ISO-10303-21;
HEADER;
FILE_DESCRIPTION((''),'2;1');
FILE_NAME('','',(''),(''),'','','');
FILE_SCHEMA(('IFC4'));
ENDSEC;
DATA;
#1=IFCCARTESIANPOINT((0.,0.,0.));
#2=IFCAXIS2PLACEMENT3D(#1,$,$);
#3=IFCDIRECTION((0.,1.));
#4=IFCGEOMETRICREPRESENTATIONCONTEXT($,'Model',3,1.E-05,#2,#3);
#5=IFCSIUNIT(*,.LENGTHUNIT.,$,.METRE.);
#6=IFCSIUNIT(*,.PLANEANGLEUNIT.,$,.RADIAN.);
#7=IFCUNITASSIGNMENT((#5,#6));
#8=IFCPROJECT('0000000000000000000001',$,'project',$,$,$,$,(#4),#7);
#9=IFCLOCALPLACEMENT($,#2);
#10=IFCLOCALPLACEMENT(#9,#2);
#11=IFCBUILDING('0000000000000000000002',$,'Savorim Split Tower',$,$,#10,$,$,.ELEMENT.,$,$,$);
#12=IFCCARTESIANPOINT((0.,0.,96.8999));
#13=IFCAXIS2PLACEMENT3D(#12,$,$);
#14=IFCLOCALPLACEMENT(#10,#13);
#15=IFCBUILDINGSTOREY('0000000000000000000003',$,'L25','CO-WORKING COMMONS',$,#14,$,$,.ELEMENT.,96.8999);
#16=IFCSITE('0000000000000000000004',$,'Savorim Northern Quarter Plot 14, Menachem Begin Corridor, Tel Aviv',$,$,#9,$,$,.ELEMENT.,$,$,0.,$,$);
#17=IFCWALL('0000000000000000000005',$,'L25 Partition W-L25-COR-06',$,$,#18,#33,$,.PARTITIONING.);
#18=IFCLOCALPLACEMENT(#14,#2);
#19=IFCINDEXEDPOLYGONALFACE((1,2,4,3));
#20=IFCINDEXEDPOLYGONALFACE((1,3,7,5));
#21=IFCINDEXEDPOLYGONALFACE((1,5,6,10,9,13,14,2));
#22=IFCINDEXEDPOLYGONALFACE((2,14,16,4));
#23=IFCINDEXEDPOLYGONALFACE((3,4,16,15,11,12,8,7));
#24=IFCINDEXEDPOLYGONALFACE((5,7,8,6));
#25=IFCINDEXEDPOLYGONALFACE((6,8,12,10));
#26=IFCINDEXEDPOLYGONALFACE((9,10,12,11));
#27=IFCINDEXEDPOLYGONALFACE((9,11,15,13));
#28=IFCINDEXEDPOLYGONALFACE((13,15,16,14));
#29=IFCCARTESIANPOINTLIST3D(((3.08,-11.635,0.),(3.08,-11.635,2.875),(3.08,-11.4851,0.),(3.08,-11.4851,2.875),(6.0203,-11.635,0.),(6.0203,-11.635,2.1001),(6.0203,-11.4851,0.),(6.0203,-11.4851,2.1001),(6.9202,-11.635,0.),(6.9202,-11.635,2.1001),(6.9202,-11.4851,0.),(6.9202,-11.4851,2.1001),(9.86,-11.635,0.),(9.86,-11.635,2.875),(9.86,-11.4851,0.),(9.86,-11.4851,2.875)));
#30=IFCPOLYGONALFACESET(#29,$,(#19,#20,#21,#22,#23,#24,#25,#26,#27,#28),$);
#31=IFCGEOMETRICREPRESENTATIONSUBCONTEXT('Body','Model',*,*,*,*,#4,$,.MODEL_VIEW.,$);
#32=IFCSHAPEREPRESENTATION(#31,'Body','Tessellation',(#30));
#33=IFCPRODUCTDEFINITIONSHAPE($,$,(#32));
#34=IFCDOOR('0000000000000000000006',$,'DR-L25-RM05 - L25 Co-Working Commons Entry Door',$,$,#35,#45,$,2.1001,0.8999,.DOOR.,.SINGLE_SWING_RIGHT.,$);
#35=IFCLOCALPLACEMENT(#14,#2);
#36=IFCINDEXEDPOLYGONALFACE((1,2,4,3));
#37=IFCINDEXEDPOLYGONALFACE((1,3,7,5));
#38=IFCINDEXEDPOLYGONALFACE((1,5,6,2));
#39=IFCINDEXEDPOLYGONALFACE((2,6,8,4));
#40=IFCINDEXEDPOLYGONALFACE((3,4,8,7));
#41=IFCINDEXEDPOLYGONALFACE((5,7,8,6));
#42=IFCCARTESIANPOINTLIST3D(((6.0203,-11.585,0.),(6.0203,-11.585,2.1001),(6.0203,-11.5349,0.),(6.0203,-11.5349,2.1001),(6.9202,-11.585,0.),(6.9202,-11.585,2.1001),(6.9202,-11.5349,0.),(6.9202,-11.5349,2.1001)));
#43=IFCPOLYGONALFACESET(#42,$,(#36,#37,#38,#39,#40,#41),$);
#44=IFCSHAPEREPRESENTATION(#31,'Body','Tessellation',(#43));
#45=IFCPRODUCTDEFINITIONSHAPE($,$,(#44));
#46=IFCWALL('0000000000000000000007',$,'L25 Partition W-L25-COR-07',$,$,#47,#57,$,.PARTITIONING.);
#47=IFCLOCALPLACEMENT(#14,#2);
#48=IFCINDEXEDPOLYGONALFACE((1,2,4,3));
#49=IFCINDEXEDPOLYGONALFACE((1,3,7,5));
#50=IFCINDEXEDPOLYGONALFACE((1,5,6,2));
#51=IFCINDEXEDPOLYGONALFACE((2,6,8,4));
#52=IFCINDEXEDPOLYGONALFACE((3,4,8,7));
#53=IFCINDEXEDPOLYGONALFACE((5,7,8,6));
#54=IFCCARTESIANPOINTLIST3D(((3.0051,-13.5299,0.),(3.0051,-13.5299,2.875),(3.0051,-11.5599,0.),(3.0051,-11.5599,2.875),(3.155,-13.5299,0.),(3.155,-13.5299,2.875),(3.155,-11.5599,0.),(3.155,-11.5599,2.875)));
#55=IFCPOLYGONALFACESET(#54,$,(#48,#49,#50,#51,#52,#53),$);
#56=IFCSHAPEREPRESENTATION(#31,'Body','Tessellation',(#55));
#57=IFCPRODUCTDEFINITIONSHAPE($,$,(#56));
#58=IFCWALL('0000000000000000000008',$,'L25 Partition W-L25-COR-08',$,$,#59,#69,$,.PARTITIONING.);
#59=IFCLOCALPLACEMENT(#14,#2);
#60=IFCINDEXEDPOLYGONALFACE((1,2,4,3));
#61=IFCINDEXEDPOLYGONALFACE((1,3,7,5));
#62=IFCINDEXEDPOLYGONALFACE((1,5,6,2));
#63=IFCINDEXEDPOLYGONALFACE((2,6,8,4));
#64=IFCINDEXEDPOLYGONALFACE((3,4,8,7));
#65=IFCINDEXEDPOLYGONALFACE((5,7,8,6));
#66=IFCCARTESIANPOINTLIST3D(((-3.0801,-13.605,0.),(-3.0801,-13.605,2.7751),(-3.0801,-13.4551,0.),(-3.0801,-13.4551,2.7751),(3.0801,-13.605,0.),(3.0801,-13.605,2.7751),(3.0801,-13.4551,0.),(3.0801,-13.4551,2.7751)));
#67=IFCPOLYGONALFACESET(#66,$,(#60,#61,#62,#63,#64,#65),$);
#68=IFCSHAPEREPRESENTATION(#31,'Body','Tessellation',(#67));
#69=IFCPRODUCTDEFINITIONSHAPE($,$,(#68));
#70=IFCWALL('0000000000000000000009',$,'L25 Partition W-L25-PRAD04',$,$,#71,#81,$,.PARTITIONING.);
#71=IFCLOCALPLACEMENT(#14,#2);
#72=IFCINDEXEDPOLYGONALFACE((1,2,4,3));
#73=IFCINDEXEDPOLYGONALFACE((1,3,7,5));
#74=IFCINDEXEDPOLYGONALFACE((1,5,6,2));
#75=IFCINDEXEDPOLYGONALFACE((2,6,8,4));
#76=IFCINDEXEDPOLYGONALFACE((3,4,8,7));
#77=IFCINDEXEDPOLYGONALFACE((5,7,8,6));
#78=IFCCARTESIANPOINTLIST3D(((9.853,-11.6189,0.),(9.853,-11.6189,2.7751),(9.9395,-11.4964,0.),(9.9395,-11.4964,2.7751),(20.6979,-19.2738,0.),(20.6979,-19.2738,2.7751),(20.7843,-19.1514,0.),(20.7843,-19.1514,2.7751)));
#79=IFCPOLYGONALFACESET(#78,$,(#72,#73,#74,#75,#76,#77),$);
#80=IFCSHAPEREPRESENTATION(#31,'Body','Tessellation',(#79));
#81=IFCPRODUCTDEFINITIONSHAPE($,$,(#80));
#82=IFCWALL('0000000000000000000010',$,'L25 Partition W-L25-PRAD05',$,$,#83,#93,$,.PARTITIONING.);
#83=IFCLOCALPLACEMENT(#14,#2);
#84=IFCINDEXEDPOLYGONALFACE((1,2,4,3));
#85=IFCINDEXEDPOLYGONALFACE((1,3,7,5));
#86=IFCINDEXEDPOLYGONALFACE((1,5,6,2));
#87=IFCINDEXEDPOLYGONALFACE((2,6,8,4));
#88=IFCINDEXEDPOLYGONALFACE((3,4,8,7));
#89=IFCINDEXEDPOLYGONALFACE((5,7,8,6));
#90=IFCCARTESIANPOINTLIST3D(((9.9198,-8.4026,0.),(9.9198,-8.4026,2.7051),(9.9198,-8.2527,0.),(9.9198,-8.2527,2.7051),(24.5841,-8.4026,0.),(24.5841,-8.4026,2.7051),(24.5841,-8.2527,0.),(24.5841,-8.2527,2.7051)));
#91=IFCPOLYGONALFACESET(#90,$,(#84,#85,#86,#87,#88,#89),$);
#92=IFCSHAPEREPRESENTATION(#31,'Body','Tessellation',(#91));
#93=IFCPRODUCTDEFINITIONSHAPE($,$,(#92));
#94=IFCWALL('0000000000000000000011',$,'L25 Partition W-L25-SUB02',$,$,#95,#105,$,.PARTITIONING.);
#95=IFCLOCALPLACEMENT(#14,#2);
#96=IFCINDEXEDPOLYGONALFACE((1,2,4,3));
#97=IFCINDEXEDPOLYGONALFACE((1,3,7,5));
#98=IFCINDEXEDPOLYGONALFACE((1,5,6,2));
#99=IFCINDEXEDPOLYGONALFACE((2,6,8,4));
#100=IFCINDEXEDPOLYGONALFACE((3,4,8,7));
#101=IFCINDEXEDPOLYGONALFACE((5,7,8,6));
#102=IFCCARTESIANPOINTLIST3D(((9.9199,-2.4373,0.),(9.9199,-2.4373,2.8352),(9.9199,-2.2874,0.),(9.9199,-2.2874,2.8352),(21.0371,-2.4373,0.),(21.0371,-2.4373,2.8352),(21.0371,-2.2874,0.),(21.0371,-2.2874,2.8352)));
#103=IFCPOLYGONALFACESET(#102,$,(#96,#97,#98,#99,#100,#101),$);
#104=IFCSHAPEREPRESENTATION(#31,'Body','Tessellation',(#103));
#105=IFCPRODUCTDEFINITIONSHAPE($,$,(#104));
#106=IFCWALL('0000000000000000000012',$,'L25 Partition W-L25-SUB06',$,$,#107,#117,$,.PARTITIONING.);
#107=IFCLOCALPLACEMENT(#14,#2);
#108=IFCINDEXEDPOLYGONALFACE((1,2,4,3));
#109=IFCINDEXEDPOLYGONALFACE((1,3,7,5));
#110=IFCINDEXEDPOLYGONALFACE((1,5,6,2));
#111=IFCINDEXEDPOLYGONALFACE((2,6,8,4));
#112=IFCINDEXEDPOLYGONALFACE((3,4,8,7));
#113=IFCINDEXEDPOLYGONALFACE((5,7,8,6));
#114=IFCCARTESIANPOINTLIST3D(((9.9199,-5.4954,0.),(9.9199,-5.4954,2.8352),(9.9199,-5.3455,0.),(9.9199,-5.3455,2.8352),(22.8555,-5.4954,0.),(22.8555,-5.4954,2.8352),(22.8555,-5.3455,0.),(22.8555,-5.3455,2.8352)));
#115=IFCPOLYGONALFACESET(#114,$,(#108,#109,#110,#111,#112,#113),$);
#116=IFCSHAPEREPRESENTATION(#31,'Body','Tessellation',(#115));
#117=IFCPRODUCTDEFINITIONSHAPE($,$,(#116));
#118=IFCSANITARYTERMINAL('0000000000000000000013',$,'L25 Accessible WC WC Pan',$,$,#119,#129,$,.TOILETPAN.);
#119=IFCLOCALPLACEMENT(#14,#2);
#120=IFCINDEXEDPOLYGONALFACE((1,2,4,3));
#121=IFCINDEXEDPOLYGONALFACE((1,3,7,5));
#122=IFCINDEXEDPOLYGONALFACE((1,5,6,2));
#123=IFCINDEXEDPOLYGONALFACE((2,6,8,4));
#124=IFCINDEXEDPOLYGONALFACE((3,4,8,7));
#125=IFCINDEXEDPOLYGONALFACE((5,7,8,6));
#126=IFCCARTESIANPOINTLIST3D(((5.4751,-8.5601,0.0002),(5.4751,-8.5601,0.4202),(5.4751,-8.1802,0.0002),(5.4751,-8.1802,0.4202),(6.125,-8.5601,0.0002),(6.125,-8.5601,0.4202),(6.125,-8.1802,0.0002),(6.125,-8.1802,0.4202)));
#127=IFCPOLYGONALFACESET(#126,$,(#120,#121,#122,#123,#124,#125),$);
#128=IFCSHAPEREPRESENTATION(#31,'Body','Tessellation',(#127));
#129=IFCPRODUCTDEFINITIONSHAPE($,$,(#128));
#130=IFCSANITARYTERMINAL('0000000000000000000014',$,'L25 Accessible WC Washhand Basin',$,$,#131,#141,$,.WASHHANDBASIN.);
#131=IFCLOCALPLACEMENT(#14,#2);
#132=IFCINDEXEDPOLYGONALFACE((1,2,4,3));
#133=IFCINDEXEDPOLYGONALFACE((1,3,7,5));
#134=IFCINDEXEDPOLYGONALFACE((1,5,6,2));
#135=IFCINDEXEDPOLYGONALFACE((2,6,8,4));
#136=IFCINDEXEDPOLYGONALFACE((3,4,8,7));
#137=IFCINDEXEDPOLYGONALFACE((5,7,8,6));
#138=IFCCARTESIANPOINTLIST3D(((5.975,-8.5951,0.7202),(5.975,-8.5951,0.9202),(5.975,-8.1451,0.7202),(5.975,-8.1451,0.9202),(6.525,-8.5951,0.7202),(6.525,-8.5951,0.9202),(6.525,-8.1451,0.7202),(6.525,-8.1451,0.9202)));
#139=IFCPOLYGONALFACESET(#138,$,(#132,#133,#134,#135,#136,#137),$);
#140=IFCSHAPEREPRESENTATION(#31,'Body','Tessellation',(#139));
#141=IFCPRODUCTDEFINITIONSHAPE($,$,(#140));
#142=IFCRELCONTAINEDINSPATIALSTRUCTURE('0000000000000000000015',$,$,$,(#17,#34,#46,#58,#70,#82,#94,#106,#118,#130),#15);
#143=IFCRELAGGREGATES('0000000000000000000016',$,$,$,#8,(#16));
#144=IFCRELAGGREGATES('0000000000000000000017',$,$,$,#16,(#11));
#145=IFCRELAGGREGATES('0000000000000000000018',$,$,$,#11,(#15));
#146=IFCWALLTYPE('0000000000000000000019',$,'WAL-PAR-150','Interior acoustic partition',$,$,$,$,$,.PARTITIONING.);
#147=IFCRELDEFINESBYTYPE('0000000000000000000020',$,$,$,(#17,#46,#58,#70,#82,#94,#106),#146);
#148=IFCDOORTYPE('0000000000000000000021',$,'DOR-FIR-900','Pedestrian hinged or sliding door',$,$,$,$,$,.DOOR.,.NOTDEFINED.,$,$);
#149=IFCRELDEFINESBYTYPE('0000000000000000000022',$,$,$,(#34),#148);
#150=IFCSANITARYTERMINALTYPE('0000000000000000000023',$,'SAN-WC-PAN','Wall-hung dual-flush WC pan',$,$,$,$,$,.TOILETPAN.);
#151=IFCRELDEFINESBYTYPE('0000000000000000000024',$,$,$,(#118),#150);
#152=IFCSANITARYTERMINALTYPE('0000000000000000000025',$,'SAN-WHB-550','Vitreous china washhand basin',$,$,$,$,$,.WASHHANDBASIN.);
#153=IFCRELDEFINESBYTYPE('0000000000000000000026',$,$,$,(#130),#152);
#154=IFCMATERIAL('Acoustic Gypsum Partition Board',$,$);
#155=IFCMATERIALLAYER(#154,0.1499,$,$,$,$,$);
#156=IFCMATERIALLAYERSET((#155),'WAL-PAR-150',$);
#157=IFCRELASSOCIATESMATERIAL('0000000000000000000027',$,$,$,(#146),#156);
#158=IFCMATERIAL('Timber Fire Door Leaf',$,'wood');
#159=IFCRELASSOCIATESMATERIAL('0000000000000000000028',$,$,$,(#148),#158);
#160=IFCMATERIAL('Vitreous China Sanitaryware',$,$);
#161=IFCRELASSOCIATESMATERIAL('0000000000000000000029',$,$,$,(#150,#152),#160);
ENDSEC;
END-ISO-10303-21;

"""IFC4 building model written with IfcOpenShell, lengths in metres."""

from ifc_helpers import new_model, si_unit, direction, frame, frame_2d, origin, origin_2d, place, context, subcontext, project, spatial, rectangle, extrude, material, layer, layer_set, type_object, element, fill, save


model = new_model("IFC4")

# Units and contexts
model_context = context("Model", 3, precision=1e-05, world=origin(), true_north=direction((0.0, 1.0)))
body_context = subcontext(model_context, "Body", "Model", "MODEL_VIEW")
ifc_project = project(units=[si_unit("LENGTHUNIT", "METRE"), si_unit("PLANEANGLEUNIT", "RADIAN")], contexts=[model_context])

# Site, building, storey
site_placement = place(None, origin())
site = spatial("IfcSite", under=ifc_project, at=site_placement, Name="Savorim Northern Quarter Plot 14, Menachem Begin Corridor, Tel Aviv", CompositionType="ELEMENT", RefElevation=0.0)
building_placement = place(site_placement, origin())
building = spatial("IfcBuilding", under=site, at=building_placement, Name="Savorim Split Tower", CompositionType="ELEMENT")
storey_placement = place(building_placement, frame((0.0, 0.0, 96.8999)))
storey = spatial("IfcBuildingStorey", under=building, at=storey_placement, Name="L25", Description="CO-WORKING COMMONS", CompositionType="ELEMENT", Elevation=96.8999)

# Shared definitions
ifc_material_1 = material(Name="Acoustic Gypsum Partition Board")
ifc_layer_1 = layer(ifc_material_1, 0.1499)
ifc_layer_set_1 = layer_set([ifc_layer_1], Name="WAL-PAR-150")
wall_type_1 = type_object("IfcWallType", Name="WAL-PAR-150", Description="Interior acoustic partition", PredefinedType="PARTITIONING", material=ifc_layer_set_1)

# Shared definitions
ifc_material_2 = material(Name="Timber Fire Door Leaf", Category="wood")
door_type_1 = type_object("IfcDoorType", Name="DOR-FIR-900", Description="Pedestrian hinged or sliding door", OperationType="NOTDEFINED", PredefinedType="DOOR", material=ifc_material_2)

# Wall, opening, door
wall_1_placement = place(storey_placement, frame((9.8601, -11.5601, 0.0), z_axis=(0.0, 0.0, 1.0), x_axis=(-1.0, 0.0, 0.0)))
wall_1 = element("IfcWall", 1, at=wall_1_placement, inside=storey, type_object=wall_type_1, Name="L25 Partition W-L25-COR-06", PredefinedType="PARTITIONING", context=body_context, shape_type="SweptSolid", body=[
    extrude(rectangle(XDim=6.78, YDim=0.1499, at=frame_2d((3.3901, 0.0))), origin(), (0.0, 0.0, 1.0), 2.875),
])
opening_1_placement = place(wall_1_placement, frame((2.9399, 0.0, 0.0)))
opening_1 = element("IfcOpeningElement", 2, at=opening_1_placement, cuts=wall_1, PredefinedType="OPENING", context=body_context, shape_type="SweptSolid", body=[
    extrude(rectangle(XDim=0.8999, YDim=2.1001, at=frame_2d((0.45, 1.05))), frame((0.0, 0.085, 0.0), z_axis=(0.0, -1.0, 0.0), x_axis=(1.0, 0.0, 0.0)), (0.0, 0.0, 1.0), 0.1699),
])
door_1_placement = place(opening_1_placement, origin())
door_1 = element("IfcDoor", 3, at=door_1_placement, inside=storey, type_object=door_type_1, Name="DR-L25-RM05 - L25 Co-Working Commons Entry Door", OperationType="SINGLE_SWING_RIGHT", OverallHeight=2.1001, OverallWidth=0.8999, PredefinedType="DOOR", context=body_context, shape_type="SweptSolid", body=[
    extrude(rectangle(XDim=0.8999, YDim=2.1001, at=frame_2d((0.45, 1.05))), frame((0.0, 0.0249, 0.0), z_axis=(0.0, -1.0, 0.0), x_axis=(1.0, 0.0, 0.0)), (0.0, 0.0, 1.0), 0.05),
])
fill(opening_1, door_1)

# Walls
wall_2_placement = place(storey_placement, frame((3.0801, -11.5601, 0.0), z_axis=(0.0, 0.0, 1.0), x_axis=(0.0, -1.0, 0.0)))
element("IfcWall", 4, at=wall_2_placement, inside=storey, type_object=wall_type_1, Name="L25 Partition W-L25-COR-07", PredefinedType="PARTITIONING", context=body_context, shape_type="SweptSolid", body=[
    extrude(rectangle(XDim=1.97, YDim=0.1499, at=frame_2d((0.9849, 0.0))), origin(), (0.0, 0.0, 1.0), 2.875),
])
wall_3_placement = place(storey_placement, frame((3.0801, -13.53, 0.0), z_axis=(0.0, 0.0, 1.0), x_axis=(-1.0, 0.0, 0.0)))
element("IfcWall", 5, at=wall_3_placement, inside=storey, type_object=wall_type_1, Name="L25 Partition W-L25-COR-08", PredefinedType="PARTITIONING", context=body_context, shape_type="SweptSolid", body=[
    extrude(rectangle(XDim=6.1602, YDim=0.1499, at=frame_2d((3.0801, 0.0))), origin(), (0.0, 0.0, 1.0), 2.7751),
])
wall_4_placement = place(storey_placement, frame((9.8962, -11.5576, 0.0), z_axis=(0.0, 0.0, 1.0), x_axis=(0.816977, -0.576671, 0.0)))
element("IfcWall", 6, at=wall_4_placement, inside=storey, type_object=wall_type_1, Name="L25 Partition W-L25-PRAD04", PredefinedType="PARTITIONING", context=body_context, shape_type="SweptSolid", body=[
    extrude(rectangle(XDim=13.2744, YDim=0.1499, at=frame_2d((6.6372, 0.0))), origin(), (0.0, 0.0, 1.0), 2.7751),
])
wall_5_placement = place(storey_placement, frame((9.9199, -8.3276, 0.0), z_axis=(0.0, 0.0, 1.0), x_axis=(1.0, 0.0, 0.0)))
element("IfcWall", 7, at=wall_5_placement, inside=storey, type_object=wall_type_1, Name="L25 Partition W-L25-PRAD05", PredefinedType="PARTITIONING", context=body_context, shape_type="SweptSolid", body=[
    extrude(rectangle(XDim=14.6643, YDim=0.1499, at=frame_2d((7.332, 0.0))), origin(), (0.0, 0.0, 1.0), 2.7051),
])
wall_6_placement = place(storey_placement, frame((9.9199, -2.3623, 0.0), z_axis=(0.0, 0.0, 1.0), x_axis=(1.0, 0.0, 0.0)))
element("IfcWall", 8, at=wall_6_placement, inside=storey, type_object=wall_type_1, Name="L25 Partition W-L25-SUB02", PredefinedType="PARTITIONING", context=body_context, shape_type="SweptSolid", body=[
    extrude(rectangle(XDim=11.1172, YDim=0.1499, at=frame_2d((5.5586, 0.0))), origin(), (0.0, 0.0, 1.0), 2.8352),
])
wall_7_placement = place(storey_placement, frame((9.9199, -5.4204, 0.0), z_axis=(0.0, 0.0, 1.0), x_axis=(1.0, 0.0, 0.0)))
element("IfcWall", 9, at=wall_7_placement, inside=storey, type_object=wall_type_1, Name="L25 Partition W-L25-SUB06", PredefinedType="PARTITIONING", context=body_context, shape_type="SweptSolid", body=[
    extrude(rectangle(XDim=12.9355, YDim=0.1499, at=frame_2d((6.4678, 0.0))), origin(), (0.0, 0.0, 1.0), 2.8352),
])

# Sanitary terminals
ifc_material_3 = material(Name="Vitreous China Sanitaryware")
sanitary_terminal_type_1 = type_object("IfcSanitaryTerminalType", Name="SAN-WC-PAN", Description="Wall-hung dual-flush WC pan", PredefinedType="TOILETPAN", material=ifc_material_3)
sanitary_terminal_1_placement = place(storey_placement, frame((5.8, -8.3701, 0.0002), z_axis=(0.0, 0.0, 1.0), x_axis=(1.0, 0.0, 0.0)))
element("IfcSanitaryTerminal", 10, at=sanitary_terminal_1_placement, inside=storey, type_object=sanitary_terminal_type_1, Name="L25 Accessible WC WC Pan", PredefinedType="TOILETPAN", context=body_context, shape_type="SweptSolid", body=[
    extrude(rectangle(XDim=0.6499, YDim=0.3799, at=origin_2d()), origin(), (0.0, 0.0, 1.0), 0.4199),
])
sanitary_terminal_type_2 = type_object("IfcSanitaryTerminalType", Name="SAN-WHB-550", Description="Vitreous china washhand basin", PredefinedType="WASHHANDBASIN", material=ifc_material_3)
sanitary_terminal_2_placement = place(storey_placement, frame((6.25, -8.3701, 0.7202), z_axis=(0.0, 0.0, 1.0), x_axis=(1.0, 0.0, 0.0)))
element("IfcSanitaryTerminal", 11, at=sanitary_terminal_2_placement, inside=storey, type_object=sanitary_terminal_type_2, Name="L25 Accessible WC Washhand Basin", PredefinedType="WASHHANDBASIN", context=body_context, shape_type="SweptSolid", body=[
    extrude(rectangle(XDim=0.55, YDim=0.45, at=origin_2d()), origin(), (0.0, 0.0, 1.0), 0.2),
])

save(model, "model.ifc")
